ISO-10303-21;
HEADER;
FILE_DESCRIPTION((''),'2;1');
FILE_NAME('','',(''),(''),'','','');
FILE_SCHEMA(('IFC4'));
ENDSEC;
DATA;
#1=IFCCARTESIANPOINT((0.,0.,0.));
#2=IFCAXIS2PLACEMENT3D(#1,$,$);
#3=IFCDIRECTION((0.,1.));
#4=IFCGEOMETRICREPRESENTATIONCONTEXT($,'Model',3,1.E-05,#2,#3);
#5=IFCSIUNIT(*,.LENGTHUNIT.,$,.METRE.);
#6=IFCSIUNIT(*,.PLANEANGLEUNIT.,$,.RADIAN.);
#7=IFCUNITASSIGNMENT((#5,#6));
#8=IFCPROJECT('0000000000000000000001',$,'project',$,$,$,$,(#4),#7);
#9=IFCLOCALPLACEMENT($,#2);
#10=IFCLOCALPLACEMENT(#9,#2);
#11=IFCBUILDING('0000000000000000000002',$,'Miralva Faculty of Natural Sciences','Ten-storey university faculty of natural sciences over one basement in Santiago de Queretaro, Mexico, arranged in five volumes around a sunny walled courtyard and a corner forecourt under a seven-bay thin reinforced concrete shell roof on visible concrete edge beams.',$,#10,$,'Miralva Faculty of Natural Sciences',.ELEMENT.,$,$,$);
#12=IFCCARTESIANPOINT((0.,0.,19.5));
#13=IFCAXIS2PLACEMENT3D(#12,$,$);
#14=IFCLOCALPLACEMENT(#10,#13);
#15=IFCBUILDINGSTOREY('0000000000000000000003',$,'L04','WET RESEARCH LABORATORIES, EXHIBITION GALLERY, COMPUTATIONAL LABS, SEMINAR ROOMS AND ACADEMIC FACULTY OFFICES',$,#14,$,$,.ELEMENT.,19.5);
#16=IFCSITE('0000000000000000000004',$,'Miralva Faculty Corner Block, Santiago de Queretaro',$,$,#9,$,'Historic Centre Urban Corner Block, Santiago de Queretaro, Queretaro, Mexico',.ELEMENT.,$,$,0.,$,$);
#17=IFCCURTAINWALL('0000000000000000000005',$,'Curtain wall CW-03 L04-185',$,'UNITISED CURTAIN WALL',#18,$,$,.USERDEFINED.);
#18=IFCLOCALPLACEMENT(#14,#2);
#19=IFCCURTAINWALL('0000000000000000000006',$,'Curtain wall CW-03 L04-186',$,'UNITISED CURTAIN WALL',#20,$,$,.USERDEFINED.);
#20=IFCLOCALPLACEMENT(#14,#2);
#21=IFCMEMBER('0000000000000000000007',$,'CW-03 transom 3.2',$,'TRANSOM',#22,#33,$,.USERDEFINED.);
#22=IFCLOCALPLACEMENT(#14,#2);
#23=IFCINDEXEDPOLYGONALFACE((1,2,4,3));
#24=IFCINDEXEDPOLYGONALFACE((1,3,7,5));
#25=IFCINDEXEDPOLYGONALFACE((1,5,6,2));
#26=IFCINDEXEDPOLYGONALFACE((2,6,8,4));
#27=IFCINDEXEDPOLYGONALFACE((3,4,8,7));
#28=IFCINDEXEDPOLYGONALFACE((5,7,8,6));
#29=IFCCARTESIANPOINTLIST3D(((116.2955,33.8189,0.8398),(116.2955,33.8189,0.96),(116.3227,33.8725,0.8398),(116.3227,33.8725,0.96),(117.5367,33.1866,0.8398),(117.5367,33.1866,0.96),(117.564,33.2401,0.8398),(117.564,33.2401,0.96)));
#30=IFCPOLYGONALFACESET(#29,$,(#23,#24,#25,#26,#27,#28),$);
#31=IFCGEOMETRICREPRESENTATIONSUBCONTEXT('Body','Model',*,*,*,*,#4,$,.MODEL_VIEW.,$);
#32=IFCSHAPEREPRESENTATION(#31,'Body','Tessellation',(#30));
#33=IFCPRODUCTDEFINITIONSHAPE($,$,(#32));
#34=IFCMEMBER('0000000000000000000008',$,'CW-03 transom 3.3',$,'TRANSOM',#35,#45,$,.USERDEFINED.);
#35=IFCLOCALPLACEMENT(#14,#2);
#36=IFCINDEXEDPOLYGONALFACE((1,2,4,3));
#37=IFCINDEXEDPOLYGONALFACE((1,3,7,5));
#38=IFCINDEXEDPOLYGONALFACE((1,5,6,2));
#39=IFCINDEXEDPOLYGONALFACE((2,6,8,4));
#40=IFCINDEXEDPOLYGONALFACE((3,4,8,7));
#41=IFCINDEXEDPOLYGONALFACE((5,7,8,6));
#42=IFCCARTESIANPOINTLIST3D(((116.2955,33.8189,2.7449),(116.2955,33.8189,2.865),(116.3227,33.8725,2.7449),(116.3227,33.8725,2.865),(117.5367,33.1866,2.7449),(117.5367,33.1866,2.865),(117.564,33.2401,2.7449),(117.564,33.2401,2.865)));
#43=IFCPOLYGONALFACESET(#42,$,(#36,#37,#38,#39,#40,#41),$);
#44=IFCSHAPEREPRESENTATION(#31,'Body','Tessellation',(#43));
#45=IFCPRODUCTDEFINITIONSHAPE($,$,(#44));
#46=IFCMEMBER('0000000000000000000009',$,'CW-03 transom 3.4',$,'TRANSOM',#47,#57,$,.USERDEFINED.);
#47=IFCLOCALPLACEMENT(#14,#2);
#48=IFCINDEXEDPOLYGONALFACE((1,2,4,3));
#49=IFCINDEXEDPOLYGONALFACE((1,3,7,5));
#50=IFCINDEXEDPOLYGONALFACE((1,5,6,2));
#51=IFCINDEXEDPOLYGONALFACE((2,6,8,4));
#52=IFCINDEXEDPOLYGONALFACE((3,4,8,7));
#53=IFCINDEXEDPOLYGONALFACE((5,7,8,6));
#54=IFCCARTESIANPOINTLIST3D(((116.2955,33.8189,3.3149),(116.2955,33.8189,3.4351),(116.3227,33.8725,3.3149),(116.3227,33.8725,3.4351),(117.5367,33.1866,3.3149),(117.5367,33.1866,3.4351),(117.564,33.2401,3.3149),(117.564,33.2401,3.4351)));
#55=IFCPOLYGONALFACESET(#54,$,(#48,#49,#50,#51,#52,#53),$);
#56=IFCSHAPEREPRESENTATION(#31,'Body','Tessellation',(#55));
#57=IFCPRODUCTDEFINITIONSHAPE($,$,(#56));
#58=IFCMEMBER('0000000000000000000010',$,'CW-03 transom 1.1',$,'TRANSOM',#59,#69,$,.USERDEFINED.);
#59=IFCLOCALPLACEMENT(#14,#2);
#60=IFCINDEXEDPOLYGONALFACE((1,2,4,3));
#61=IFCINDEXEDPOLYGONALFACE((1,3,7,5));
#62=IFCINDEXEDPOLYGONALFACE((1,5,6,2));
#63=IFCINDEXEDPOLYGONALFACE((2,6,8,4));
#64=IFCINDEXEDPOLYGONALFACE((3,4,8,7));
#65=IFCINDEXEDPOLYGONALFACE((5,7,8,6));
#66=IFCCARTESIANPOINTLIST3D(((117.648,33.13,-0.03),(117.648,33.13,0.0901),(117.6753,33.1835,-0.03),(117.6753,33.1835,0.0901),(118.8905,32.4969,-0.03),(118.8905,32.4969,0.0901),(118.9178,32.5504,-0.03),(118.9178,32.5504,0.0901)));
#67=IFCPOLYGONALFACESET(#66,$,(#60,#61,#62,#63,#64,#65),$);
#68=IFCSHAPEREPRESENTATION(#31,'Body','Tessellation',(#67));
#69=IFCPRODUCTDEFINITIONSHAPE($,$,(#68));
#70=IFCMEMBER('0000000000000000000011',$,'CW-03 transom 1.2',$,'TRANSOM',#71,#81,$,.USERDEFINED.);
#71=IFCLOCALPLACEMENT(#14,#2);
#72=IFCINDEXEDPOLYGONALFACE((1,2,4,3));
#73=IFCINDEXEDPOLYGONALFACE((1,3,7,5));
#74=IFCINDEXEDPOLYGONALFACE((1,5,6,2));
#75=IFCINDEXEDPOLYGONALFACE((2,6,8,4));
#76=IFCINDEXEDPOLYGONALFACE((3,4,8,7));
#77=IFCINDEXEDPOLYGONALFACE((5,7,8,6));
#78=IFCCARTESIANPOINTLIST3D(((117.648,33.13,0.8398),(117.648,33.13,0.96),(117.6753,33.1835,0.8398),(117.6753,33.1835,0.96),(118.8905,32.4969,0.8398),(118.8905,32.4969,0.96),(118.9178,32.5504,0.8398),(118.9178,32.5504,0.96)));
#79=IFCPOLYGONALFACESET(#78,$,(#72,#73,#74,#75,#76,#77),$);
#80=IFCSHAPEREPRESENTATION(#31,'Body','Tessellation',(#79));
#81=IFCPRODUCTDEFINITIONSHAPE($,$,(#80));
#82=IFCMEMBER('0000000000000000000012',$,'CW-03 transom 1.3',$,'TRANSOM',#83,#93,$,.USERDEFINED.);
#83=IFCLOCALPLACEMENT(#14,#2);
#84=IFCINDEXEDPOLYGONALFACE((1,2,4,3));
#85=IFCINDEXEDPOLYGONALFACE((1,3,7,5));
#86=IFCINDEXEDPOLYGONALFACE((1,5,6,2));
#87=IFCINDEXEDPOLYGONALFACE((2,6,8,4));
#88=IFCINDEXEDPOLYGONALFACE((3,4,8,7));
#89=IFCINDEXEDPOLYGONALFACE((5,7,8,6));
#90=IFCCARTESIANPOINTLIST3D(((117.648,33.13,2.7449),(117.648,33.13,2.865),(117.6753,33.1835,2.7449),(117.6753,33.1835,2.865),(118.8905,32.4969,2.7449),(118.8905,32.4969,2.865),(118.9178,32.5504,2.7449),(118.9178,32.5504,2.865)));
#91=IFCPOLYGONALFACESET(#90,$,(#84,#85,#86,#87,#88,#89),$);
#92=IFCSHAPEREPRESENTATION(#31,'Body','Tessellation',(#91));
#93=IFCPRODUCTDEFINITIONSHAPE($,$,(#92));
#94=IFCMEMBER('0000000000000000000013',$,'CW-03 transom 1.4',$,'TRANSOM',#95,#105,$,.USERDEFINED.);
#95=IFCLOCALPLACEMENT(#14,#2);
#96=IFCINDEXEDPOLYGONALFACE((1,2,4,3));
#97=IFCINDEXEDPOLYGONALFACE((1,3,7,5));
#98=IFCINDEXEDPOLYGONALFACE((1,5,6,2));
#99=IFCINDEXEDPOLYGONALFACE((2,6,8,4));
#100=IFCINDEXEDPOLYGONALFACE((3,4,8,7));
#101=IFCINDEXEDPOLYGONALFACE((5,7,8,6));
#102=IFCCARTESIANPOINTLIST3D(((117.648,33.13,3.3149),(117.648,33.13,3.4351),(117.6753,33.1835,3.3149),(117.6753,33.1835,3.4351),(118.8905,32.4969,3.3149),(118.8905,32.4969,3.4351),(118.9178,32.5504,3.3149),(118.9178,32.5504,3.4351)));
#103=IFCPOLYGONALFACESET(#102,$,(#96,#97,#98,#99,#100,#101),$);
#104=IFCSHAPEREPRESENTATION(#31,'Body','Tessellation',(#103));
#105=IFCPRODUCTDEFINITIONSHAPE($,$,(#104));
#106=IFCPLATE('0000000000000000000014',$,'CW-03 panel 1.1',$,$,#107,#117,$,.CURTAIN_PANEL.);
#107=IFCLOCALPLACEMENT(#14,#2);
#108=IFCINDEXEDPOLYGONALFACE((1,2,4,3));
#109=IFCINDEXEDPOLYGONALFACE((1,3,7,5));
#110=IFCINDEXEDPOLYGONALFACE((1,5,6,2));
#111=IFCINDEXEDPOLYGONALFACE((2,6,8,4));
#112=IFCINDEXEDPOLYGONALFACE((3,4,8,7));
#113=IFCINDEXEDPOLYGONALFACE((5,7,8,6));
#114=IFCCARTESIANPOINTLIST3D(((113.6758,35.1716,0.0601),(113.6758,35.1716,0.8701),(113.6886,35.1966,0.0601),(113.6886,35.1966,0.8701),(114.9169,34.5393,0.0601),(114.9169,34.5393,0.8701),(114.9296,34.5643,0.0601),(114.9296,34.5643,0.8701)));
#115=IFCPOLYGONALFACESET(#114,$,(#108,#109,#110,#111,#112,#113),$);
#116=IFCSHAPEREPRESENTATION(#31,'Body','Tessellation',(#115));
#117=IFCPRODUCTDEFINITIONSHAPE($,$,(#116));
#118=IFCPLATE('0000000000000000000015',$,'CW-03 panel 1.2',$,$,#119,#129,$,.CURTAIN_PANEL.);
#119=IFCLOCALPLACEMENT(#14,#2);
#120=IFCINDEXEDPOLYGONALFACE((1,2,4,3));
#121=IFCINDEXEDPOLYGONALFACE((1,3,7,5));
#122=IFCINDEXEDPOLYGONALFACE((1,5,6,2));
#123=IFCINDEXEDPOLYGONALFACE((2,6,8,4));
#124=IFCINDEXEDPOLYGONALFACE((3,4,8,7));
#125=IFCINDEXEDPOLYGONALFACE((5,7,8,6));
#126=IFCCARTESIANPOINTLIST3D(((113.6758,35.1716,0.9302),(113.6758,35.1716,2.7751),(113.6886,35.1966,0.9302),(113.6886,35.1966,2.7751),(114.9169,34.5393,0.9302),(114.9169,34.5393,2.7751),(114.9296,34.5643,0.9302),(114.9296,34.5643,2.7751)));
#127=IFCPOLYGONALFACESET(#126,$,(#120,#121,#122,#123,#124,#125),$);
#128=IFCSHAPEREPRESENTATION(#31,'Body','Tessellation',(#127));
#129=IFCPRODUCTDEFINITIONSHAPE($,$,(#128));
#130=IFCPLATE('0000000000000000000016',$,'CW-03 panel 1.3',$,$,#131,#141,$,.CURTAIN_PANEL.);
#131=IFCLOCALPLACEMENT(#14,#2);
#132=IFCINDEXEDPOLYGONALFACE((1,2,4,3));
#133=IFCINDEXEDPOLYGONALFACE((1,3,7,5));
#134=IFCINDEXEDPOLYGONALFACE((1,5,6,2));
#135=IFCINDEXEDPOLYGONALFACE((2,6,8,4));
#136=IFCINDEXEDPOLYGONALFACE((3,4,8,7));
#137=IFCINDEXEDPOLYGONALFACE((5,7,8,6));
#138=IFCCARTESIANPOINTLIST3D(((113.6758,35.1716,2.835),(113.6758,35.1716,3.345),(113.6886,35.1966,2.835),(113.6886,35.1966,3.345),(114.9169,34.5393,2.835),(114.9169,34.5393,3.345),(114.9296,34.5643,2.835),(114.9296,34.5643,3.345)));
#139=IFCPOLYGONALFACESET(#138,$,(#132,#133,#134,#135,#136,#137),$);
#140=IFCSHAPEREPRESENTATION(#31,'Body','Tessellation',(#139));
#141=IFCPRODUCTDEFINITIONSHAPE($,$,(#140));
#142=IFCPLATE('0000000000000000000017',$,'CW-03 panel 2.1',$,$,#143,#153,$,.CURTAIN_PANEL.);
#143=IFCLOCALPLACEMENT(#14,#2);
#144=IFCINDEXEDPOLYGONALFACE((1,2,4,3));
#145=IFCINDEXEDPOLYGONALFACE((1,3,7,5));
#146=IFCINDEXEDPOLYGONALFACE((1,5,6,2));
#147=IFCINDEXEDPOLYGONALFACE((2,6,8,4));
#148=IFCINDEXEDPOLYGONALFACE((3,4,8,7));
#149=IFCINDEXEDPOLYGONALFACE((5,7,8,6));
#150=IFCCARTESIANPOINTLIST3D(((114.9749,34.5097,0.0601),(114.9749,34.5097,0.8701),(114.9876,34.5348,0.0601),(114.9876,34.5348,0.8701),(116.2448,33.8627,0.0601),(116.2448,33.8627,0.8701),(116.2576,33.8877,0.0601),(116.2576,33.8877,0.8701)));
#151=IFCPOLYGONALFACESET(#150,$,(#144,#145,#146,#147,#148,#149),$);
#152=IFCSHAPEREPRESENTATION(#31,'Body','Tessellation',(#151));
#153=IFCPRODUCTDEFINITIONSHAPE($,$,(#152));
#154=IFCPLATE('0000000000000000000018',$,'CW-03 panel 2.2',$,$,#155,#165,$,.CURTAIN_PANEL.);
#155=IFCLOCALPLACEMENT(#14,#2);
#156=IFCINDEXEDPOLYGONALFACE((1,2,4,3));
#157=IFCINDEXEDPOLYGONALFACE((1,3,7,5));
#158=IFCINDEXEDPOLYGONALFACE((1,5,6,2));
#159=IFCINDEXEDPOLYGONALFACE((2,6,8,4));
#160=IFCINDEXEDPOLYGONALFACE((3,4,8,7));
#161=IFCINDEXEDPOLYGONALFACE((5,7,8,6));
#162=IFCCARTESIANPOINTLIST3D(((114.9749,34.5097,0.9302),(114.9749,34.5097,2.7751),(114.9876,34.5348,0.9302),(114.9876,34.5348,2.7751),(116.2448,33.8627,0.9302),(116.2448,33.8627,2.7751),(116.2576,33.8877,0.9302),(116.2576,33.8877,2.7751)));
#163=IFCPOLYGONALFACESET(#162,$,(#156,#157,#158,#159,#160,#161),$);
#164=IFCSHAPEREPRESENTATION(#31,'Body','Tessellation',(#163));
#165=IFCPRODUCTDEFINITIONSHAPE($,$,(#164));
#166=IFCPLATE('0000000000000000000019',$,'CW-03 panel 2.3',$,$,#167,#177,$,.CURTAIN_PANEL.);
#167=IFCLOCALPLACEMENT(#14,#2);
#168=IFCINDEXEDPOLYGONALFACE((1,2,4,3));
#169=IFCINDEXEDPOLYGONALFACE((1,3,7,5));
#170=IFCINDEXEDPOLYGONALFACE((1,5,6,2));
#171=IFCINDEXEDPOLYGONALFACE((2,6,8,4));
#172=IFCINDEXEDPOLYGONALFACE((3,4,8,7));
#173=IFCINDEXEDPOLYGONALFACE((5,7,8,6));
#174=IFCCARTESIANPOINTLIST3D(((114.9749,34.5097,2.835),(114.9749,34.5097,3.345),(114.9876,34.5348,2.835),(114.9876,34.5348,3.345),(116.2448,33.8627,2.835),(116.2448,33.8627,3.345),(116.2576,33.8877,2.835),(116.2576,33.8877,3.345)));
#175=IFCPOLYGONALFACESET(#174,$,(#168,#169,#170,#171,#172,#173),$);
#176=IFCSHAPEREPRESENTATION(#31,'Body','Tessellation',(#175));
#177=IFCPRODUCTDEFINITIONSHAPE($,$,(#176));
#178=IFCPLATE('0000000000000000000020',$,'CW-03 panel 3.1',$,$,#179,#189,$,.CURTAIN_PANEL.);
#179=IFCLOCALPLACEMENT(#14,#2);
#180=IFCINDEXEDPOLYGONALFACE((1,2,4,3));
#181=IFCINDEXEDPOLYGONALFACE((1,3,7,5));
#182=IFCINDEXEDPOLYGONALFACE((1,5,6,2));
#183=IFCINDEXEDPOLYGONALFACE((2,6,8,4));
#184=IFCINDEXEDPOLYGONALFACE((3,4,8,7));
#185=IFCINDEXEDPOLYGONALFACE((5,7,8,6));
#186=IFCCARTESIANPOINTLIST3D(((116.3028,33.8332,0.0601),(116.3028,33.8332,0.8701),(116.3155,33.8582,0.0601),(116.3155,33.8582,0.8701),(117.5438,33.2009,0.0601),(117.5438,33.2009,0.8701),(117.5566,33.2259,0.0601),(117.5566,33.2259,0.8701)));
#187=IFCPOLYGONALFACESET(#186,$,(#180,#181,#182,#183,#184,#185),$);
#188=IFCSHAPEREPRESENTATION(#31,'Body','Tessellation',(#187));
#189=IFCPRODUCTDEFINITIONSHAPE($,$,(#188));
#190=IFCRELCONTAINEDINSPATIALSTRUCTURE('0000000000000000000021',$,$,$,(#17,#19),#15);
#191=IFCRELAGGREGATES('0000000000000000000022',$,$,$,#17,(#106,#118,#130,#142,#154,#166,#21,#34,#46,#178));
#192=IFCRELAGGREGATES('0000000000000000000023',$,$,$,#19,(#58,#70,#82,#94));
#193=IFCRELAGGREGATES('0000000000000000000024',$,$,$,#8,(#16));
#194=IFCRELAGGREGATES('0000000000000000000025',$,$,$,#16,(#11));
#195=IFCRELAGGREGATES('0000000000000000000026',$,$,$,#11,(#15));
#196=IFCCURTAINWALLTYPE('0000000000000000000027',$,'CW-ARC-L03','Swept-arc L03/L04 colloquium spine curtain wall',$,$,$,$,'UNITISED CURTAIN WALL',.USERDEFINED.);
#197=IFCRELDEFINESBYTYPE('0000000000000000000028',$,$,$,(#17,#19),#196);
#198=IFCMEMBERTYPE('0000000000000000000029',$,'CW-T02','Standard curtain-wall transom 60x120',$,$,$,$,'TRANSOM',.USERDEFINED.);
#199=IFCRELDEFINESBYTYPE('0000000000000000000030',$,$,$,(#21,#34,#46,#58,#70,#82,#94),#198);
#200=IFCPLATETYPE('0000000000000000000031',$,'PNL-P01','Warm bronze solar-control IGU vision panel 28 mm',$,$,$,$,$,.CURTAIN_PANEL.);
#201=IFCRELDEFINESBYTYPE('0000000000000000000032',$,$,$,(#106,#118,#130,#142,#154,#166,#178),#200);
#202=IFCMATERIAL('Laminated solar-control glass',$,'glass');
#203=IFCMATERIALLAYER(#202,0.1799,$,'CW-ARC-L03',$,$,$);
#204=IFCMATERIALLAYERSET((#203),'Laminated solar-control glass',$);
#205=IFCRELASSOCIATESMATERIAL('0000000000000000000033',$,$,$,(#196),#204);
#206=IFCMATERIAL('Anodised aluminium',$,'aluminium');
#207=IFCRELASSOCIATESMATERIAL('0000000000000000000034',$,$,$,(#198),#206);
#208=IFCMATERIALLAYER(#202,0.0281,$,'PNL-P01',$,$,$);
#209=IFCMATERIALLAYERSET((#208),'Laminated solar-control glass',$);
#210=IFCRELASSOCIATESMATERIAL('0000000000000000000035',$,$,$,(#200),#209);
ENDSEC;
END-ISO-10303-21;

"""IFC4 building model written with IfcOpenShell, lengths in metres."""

from ifc_helpers import new_model, si_unit, direction, frame, origin, origin_2d, place, context, subcontext, project, spatial, rectangle, extrude, material, layer, layer_set, material_profile, profile_set, type_object, element, aggregate, save


model = new_model("IFC4")

# Units and contexts
model_context = context("Model", 3, precision=1e-05, world=origin(), true_north=direction((0.0, 1.0)))
body_context = subcontext(model_context, "Body", "Model", "MODEL_VIEW")
ifc_project = project(units=[si_unit("LENGTHUNIT", "METRE"), si_unit("PLANEANGLEUNIT", "RADIAN")], contexts=[model_context])

# Site, building, storey
site_placement = place(None, origin())
site = spatial("IfcSite", under=ifc_project, at=site_placement, Name="Miralva Faculty Corner Block, Santiago de Queretaro", LongName="Historic Centre Urban Corner Block, Santiago de Queretaro, Queretaro, Mexico", CompositionType="ELEMENT", RefElevation=0.0)
building_placement = place(site_placement, origin())
building = spatial("IfcBuilding", under=site, at=building_placement, Name="Miralva Faculty of Natural Sciences", Description="Ten-storey university faculty of natural sciences over one basement in Santiago de Queretaro, Mexico, arranged in five volumes around a sunny walled courtyard and a corner forecourt under a seven-bay thin reinforced concrete shell roof on visible concrete edge beams.", LongName="Miralva Faculty of Natural Sciences", CompositionType="ELEMENT")
storey_placement = place(building_placement, frame((0.0, 0.0, 19.5)))
storey = spatial("IfcBuildingStorey", under=building, at=storey_placement, Name="L04", Description="WET RESEARCH LABORATORIES, EXHIBITION GALLERY, COMPUTATIONAL LABS, SEMINAR ROOMS AND ACADEMIC FACULTY OFFICES", CompositionType="ELEMENT", Elevation=19.5)

# Curtain wall
ifc_material_1 = material(Name="Laminated solar-control glass", Category="glass")
ifc_layer_1 = layer(ifc_material_1, 0.1799, Name="CW-ARC-L03")
ifc_layer_set_1 = layer_set([ifc_layer_1], Name="Laminated solar-control glass")
curtain_wall_type = type_object("IfcCurtainWallType", Name="CW-ARC-L03", Description="Swept-arc L03/L04 colloquium spine curtain wall", ElementType="UNITISED CURTAIN WALL", PredefinedType="USERDEFINED", material=ifc_layer_set_1)
curtain_wall_1_placement = place(storey_placement, origin())
curtain_wall_1 = element("IfcCurtainWall", 1, at=curtain_wall_1_placement, inside=storey, type_object=curtain_wall_type, Name="Curtain wall CW-03 L04-185", ObjectType="UNITISED CURTAIN WALL", PredefinedType="USERDEFINED")
ifc_material_2 = material(Name="Anodised aluminium", Category="aluminium")

# Curtain wall
curtain_wall_2_placement = place(storey_placement, origin())
curtain_wall_2 = element("IfcCurtainWall", 2, at=curtain_wall_2_placement, inside=storey, type_object=curtain_wall_type, Name="Curtain wall CW-03 L04-186", ObjectType="UNITISED CURTAIN WALL", PredefinedType="USERDEFINED")

# Members
ifc_material_profile_1 = material_profile(ifc_material_2, rectangle(XDim=0.0601, YDim=0.1201, at=origin_2d()), Name="TRANSOM 60x120")
ifc_profile_set_1 = profile_set([ifc_material_profile_1], Name="Anodised aluminium")
member_type_1 = type_object("IfcMemberType", Name="CW-T02", Description="Standard curtain-wall transom 60x120", ElementType="TRANSOM", PredefinedType="USERDEFINED", material=ifc_profile_set_1)
member_1_placement = place(storey_placement, frame((116.3091, 33.8457, 0.8999), z_axis=(0.891037, -0.453931, 0.0), x_axis=(0.453931, 0.891037, 0.0)))
member_1 = element("IfcMember", 3, at=member_1_placement, type_object=member_type_1, Name="CW-03 transom 3.2", ObjectType="TRANSOM", PredefinedType="USERDEFINED", context=body_context, shape_type="SweptSolid", body=[
    extrude(rectangle(XDim=0.0601, YDim=0.1201, at=origin_2d()), origin(), (0.0, 0.0, 1.0), 1.3931),
])
member_2_placement = place(storey_placement, frame((116.3091, 33.8457, 2.8049), z_axis=(0.891037, -0.453931, 0.0), x_axis=(0.453931, 0.891037, 0.0)))
member_2 = element("IfcMember", 4, at=member_2_placement, type_object=member_type_1, Name="CW-03 transom 3.3", ObjectType="TRANSOM", PredefinedType="USERDEFINED", context=body_context, shape_type="SweptSolid", body=[
    extrude(rectangle(XDim=0.0601, YDim=0.1201, at=origin_2d()), origin(), (0.0, 0.0, 1.0), 1.3931),
])
member_3_placement = place(storey_placement, frame((116.3091, 33.8457, 3.375), z_axis=(0.891037, -0.453931, 0.0), x_axis=(0.453931, 0.891037, 0.0)))
member_3 = element("IfcMember", 5, at=member_3_placement, type_object=member_type_1, Name="CW-03 transom 3.4", ObjectType="TRANSOM", PredefinedType="USERDEFINED", context=body_context, shape_type="SweptSolid", body=[
    extrude(rectangle(XDim=0.0601, YDim=0.1201, at=origin_2d()), origin(), (0.0, 0.0, 1.0), 1.3931),
])
member_4_placement = place(storey_placement, frame((117.6616, 33.1567, 0.03), z_axis=(0.891005, -0.453994, 0.0), x_axis=(0.453994, 0.891005, 0.0)))
member_4 = element("IfcMember", 6, at=member_4_placement, type_object=member_type_1, Name="CW-03 transom 1.1", ObjectType="TRANSOM", PredefinedType="USERDEFINED", context=body_context, shape_type="SweptSolid", body=[
    extrude(rectangle(XDim=0.0601, YDim=0.1201, at=origin_2d()), origin(), (0.0, 0.0, 1.0), 1.3945),
])
member_5_placement = place(storey_placement, frame((117.6616, 33.1567, 0.8999), z_axis=(0.891005, -0.453994, 0.0), x_axis=(0.453994, 0.891005, 0.0)))
member_5 = element("IfcMember", 7, at=member_5_placement, type_object=member_type_1, Name="CW-03 transom 1.2", ObjectType="TRANSOM", PredefinedType="USERDEFINED", context=body_context, shape_type="SweptSolid", body=[
    extrude(rectangle(XDim=0.0601, YDim=0.1201, at=origin_2d()), origin(), (0.0, 0.0, 1.0), 1.3945),
])
member_6_placement = place(storey_placement, frame((117.6616, 33.1567, 2.8049), z_axis=(0.891005, -0.453994, 0.0), x_axis=(0.453994, 0.891005, 0.0)))
member_6 = element("IfcMember", 8, at=member_6_placement, type_object=member_type_1, Name="CW-03 transom 1.3", ObjectType="TRANSOM", PredefinedType="USERDEFINED", context=body_context, shape_type="SweptSolid", body=[
    extrude(rectangle(XDim=0.0601, YDim=0.1201, at=origin_2d()), origin(), (0.0, 0.0, 1.0), 1.3945),
])
member_7_placement = place(storey_placement, frame((117.6616, 33.1567, 3.375), z_axis=(0.891005, -0.453994, 0.0), x_axis=(0.453994, 0.891005, 0.0)))
member_7 = element("IfcMember", 9, at=member_7_placement, type_object=member_type_1, Name="CW-03 transom 1.4", ObjectType="TRANSOM", PredefinedType="USERDEFINED", context=body_context, shape_type="SweptSolid", body=[
    extrude(rectangle(XDim=0.0601, YDim=0.1201, at=origin_2d()), origin(), (0.0, 0.0, 1.0), 1.3945),
])

# Plates
ifc_layer_2 = layer(ifc_material_1, 0.0281, Name="PNL-P01")
ifc_layer_set_2 = layer_set([ifc_layer_2], Name="Laminated solar-control glass")
plate_type = type_object("IfcPlateType", Name="PNL-P01", Description="Warm bronze solar-control IGU vision panel 28 mm", PredefinedType="CURTAIN_PANEL", material=ifc_layer_set_2)
plate_1_placement = place(storey_placement, frame((114.3027, 34.8679, 0.0601), z_axis=(0.0, 0.0, 1.0), x_axis=(0.891015, -0.453973, 0.0)))
plate_1 = element("IfcPlate", 10, at=plate_1_placement, type_object=plate_type, Name="CW-03 panel 1.1", PredefinedType="CURTAIN_PANEL", context=body_context, shape_type="SweptSolid", body=[
    extrude(rectangle(XDim=1.3928, YDim=0.0281, at=origin_2d()), origin(), (0.0, 0.0, 1.0), 0.8101),
])
plate_2_placement = place(storey_placement, frame((114.3027, 34.8679, 0.9302), z_axis=(0.0, 0.0, 1.0), x_axis=(0.891015, -0.453973, 0.0)))
plate_2 = element("IfcPlate", 11, at=plate_2_placement, type_object=plate_type, Name="CW-03 panel 1.2", PredefinedType="CURTAIN_PANEL", context=body_context, shape_type="SweptSolid", body=[
    extrude(rectangle(XDim=1.3928, YDim=0.0281, at=origin_2d()), origin(), (0.0, 0.0, 1.0), 1.845),
])
plate_3_placement = place(storey_placement, frame((114.3027, 34.8679, 2.835), z_axis=(0.0, 0.0, 1.0), x_axis=(0.891015, -0.453973, 0.0)))
plate_3 = element("IfcPlate", 12, at=plate_3_placement, type_object=plate_type, Name="CW-03 panel 1.3", PredefinedType="CURTAIN_PANEL", context=body_context, shape_type="SweptSolid", body=[
    extrude(rectangle(XDim=1.3928, YDim=0.0281, at=origin_2d()), origin(), (0.0, 0.0, 1.0), 0.51),
])
plate_4_placement = place(storey_placement, frame((115.6162, 34.1987, 0.0601), z_axis=(0.0, 0.0, 1.0), x_axis=(0.891015, -0.453973, 0.0)))
plate_4 = element("IfcPlate", 13, at=plate_4_placement, type_object=plate_type, Name="CW-03 panel 2.1", PredefinedType="CURTAIN_PANEL", context=body_context, shape_type="SweptSolid", body=[
    extrude(rectangle(XDim=1.4253, YDim=0.0281, at=origin_2d()), origin(), (0.0, 0.0, 1.0), 0.8101),
])
plate_5_placement = place(storey_placement, frame((115.6162, 34.1987, 0.9302), z_axis=(0.0, 0.0, 1.0), x_axis=(0.891015, -0.453973, 0.0)))
plate_5 = element("IfcPlate", 14, at=plate_5_placement, type_object=plate_type, Name="CW-03 panel 2.2", PredefinedType="CURTAIN_PANEL", context=body_context, shape_type="SweptSolid", body=[
    extrude(rectangle(XDim=1.4253, YDim=0.0281, at=origin_2d()), origin(), (0.0, 0.0, 1.0), 1.845),
])
plate_6_placement = place(storey_placement, frame((115.6162, 34.1987, 2.835), z_axis=(0.0, 0.0, 1.0), x_axis=(0.891015, -0.453973, 0.0)))
plate_6 = element("IfcPlate", 15, at=plate_6_placement, type_object=plate_type, Name="CW-03 panel 2.3", PredefinedType="CURTAIN_PANEL", context=body_context, shape_type="SweptSolid", body=[
    extrude(rectangle(XDim=1.4253, YDim=0.0281, at=origin_2d()), origin(), (0.0, 0.0, 1.0), 0.51),
])
plate_7_placement = place(storey_placement, frame((116.9297, 33.5295, 0.0601), z_axis=(0.0, 0.0, 1.0), x_axis=(0.891015, -0.453973, 0.0)))
plate_7 = element("IfcPlate", 16, at=plate_7_placement, type_object=plate_type, Name="CW-03 panel 3.1", PredefinedType="CURTAIN_PANEL", context=body_context, shape_type="SweptSolid", body=[
    extrude(rectangle(XDim=1.3928, YDim=0.0281, at=origin_2d()), origin(), (0.0, 0.0, 1.0), 0.8101),
])
aggregate(curtain_wall_1, [plate_1, plate_2, plate_3, plate_4, plate_5, plate_6, member_1, member_2, member_3, plate_7])
aggregate(curtain_wall_2, [member_4, member_5, member_6, member_7])

save(model, "model.ifc")
